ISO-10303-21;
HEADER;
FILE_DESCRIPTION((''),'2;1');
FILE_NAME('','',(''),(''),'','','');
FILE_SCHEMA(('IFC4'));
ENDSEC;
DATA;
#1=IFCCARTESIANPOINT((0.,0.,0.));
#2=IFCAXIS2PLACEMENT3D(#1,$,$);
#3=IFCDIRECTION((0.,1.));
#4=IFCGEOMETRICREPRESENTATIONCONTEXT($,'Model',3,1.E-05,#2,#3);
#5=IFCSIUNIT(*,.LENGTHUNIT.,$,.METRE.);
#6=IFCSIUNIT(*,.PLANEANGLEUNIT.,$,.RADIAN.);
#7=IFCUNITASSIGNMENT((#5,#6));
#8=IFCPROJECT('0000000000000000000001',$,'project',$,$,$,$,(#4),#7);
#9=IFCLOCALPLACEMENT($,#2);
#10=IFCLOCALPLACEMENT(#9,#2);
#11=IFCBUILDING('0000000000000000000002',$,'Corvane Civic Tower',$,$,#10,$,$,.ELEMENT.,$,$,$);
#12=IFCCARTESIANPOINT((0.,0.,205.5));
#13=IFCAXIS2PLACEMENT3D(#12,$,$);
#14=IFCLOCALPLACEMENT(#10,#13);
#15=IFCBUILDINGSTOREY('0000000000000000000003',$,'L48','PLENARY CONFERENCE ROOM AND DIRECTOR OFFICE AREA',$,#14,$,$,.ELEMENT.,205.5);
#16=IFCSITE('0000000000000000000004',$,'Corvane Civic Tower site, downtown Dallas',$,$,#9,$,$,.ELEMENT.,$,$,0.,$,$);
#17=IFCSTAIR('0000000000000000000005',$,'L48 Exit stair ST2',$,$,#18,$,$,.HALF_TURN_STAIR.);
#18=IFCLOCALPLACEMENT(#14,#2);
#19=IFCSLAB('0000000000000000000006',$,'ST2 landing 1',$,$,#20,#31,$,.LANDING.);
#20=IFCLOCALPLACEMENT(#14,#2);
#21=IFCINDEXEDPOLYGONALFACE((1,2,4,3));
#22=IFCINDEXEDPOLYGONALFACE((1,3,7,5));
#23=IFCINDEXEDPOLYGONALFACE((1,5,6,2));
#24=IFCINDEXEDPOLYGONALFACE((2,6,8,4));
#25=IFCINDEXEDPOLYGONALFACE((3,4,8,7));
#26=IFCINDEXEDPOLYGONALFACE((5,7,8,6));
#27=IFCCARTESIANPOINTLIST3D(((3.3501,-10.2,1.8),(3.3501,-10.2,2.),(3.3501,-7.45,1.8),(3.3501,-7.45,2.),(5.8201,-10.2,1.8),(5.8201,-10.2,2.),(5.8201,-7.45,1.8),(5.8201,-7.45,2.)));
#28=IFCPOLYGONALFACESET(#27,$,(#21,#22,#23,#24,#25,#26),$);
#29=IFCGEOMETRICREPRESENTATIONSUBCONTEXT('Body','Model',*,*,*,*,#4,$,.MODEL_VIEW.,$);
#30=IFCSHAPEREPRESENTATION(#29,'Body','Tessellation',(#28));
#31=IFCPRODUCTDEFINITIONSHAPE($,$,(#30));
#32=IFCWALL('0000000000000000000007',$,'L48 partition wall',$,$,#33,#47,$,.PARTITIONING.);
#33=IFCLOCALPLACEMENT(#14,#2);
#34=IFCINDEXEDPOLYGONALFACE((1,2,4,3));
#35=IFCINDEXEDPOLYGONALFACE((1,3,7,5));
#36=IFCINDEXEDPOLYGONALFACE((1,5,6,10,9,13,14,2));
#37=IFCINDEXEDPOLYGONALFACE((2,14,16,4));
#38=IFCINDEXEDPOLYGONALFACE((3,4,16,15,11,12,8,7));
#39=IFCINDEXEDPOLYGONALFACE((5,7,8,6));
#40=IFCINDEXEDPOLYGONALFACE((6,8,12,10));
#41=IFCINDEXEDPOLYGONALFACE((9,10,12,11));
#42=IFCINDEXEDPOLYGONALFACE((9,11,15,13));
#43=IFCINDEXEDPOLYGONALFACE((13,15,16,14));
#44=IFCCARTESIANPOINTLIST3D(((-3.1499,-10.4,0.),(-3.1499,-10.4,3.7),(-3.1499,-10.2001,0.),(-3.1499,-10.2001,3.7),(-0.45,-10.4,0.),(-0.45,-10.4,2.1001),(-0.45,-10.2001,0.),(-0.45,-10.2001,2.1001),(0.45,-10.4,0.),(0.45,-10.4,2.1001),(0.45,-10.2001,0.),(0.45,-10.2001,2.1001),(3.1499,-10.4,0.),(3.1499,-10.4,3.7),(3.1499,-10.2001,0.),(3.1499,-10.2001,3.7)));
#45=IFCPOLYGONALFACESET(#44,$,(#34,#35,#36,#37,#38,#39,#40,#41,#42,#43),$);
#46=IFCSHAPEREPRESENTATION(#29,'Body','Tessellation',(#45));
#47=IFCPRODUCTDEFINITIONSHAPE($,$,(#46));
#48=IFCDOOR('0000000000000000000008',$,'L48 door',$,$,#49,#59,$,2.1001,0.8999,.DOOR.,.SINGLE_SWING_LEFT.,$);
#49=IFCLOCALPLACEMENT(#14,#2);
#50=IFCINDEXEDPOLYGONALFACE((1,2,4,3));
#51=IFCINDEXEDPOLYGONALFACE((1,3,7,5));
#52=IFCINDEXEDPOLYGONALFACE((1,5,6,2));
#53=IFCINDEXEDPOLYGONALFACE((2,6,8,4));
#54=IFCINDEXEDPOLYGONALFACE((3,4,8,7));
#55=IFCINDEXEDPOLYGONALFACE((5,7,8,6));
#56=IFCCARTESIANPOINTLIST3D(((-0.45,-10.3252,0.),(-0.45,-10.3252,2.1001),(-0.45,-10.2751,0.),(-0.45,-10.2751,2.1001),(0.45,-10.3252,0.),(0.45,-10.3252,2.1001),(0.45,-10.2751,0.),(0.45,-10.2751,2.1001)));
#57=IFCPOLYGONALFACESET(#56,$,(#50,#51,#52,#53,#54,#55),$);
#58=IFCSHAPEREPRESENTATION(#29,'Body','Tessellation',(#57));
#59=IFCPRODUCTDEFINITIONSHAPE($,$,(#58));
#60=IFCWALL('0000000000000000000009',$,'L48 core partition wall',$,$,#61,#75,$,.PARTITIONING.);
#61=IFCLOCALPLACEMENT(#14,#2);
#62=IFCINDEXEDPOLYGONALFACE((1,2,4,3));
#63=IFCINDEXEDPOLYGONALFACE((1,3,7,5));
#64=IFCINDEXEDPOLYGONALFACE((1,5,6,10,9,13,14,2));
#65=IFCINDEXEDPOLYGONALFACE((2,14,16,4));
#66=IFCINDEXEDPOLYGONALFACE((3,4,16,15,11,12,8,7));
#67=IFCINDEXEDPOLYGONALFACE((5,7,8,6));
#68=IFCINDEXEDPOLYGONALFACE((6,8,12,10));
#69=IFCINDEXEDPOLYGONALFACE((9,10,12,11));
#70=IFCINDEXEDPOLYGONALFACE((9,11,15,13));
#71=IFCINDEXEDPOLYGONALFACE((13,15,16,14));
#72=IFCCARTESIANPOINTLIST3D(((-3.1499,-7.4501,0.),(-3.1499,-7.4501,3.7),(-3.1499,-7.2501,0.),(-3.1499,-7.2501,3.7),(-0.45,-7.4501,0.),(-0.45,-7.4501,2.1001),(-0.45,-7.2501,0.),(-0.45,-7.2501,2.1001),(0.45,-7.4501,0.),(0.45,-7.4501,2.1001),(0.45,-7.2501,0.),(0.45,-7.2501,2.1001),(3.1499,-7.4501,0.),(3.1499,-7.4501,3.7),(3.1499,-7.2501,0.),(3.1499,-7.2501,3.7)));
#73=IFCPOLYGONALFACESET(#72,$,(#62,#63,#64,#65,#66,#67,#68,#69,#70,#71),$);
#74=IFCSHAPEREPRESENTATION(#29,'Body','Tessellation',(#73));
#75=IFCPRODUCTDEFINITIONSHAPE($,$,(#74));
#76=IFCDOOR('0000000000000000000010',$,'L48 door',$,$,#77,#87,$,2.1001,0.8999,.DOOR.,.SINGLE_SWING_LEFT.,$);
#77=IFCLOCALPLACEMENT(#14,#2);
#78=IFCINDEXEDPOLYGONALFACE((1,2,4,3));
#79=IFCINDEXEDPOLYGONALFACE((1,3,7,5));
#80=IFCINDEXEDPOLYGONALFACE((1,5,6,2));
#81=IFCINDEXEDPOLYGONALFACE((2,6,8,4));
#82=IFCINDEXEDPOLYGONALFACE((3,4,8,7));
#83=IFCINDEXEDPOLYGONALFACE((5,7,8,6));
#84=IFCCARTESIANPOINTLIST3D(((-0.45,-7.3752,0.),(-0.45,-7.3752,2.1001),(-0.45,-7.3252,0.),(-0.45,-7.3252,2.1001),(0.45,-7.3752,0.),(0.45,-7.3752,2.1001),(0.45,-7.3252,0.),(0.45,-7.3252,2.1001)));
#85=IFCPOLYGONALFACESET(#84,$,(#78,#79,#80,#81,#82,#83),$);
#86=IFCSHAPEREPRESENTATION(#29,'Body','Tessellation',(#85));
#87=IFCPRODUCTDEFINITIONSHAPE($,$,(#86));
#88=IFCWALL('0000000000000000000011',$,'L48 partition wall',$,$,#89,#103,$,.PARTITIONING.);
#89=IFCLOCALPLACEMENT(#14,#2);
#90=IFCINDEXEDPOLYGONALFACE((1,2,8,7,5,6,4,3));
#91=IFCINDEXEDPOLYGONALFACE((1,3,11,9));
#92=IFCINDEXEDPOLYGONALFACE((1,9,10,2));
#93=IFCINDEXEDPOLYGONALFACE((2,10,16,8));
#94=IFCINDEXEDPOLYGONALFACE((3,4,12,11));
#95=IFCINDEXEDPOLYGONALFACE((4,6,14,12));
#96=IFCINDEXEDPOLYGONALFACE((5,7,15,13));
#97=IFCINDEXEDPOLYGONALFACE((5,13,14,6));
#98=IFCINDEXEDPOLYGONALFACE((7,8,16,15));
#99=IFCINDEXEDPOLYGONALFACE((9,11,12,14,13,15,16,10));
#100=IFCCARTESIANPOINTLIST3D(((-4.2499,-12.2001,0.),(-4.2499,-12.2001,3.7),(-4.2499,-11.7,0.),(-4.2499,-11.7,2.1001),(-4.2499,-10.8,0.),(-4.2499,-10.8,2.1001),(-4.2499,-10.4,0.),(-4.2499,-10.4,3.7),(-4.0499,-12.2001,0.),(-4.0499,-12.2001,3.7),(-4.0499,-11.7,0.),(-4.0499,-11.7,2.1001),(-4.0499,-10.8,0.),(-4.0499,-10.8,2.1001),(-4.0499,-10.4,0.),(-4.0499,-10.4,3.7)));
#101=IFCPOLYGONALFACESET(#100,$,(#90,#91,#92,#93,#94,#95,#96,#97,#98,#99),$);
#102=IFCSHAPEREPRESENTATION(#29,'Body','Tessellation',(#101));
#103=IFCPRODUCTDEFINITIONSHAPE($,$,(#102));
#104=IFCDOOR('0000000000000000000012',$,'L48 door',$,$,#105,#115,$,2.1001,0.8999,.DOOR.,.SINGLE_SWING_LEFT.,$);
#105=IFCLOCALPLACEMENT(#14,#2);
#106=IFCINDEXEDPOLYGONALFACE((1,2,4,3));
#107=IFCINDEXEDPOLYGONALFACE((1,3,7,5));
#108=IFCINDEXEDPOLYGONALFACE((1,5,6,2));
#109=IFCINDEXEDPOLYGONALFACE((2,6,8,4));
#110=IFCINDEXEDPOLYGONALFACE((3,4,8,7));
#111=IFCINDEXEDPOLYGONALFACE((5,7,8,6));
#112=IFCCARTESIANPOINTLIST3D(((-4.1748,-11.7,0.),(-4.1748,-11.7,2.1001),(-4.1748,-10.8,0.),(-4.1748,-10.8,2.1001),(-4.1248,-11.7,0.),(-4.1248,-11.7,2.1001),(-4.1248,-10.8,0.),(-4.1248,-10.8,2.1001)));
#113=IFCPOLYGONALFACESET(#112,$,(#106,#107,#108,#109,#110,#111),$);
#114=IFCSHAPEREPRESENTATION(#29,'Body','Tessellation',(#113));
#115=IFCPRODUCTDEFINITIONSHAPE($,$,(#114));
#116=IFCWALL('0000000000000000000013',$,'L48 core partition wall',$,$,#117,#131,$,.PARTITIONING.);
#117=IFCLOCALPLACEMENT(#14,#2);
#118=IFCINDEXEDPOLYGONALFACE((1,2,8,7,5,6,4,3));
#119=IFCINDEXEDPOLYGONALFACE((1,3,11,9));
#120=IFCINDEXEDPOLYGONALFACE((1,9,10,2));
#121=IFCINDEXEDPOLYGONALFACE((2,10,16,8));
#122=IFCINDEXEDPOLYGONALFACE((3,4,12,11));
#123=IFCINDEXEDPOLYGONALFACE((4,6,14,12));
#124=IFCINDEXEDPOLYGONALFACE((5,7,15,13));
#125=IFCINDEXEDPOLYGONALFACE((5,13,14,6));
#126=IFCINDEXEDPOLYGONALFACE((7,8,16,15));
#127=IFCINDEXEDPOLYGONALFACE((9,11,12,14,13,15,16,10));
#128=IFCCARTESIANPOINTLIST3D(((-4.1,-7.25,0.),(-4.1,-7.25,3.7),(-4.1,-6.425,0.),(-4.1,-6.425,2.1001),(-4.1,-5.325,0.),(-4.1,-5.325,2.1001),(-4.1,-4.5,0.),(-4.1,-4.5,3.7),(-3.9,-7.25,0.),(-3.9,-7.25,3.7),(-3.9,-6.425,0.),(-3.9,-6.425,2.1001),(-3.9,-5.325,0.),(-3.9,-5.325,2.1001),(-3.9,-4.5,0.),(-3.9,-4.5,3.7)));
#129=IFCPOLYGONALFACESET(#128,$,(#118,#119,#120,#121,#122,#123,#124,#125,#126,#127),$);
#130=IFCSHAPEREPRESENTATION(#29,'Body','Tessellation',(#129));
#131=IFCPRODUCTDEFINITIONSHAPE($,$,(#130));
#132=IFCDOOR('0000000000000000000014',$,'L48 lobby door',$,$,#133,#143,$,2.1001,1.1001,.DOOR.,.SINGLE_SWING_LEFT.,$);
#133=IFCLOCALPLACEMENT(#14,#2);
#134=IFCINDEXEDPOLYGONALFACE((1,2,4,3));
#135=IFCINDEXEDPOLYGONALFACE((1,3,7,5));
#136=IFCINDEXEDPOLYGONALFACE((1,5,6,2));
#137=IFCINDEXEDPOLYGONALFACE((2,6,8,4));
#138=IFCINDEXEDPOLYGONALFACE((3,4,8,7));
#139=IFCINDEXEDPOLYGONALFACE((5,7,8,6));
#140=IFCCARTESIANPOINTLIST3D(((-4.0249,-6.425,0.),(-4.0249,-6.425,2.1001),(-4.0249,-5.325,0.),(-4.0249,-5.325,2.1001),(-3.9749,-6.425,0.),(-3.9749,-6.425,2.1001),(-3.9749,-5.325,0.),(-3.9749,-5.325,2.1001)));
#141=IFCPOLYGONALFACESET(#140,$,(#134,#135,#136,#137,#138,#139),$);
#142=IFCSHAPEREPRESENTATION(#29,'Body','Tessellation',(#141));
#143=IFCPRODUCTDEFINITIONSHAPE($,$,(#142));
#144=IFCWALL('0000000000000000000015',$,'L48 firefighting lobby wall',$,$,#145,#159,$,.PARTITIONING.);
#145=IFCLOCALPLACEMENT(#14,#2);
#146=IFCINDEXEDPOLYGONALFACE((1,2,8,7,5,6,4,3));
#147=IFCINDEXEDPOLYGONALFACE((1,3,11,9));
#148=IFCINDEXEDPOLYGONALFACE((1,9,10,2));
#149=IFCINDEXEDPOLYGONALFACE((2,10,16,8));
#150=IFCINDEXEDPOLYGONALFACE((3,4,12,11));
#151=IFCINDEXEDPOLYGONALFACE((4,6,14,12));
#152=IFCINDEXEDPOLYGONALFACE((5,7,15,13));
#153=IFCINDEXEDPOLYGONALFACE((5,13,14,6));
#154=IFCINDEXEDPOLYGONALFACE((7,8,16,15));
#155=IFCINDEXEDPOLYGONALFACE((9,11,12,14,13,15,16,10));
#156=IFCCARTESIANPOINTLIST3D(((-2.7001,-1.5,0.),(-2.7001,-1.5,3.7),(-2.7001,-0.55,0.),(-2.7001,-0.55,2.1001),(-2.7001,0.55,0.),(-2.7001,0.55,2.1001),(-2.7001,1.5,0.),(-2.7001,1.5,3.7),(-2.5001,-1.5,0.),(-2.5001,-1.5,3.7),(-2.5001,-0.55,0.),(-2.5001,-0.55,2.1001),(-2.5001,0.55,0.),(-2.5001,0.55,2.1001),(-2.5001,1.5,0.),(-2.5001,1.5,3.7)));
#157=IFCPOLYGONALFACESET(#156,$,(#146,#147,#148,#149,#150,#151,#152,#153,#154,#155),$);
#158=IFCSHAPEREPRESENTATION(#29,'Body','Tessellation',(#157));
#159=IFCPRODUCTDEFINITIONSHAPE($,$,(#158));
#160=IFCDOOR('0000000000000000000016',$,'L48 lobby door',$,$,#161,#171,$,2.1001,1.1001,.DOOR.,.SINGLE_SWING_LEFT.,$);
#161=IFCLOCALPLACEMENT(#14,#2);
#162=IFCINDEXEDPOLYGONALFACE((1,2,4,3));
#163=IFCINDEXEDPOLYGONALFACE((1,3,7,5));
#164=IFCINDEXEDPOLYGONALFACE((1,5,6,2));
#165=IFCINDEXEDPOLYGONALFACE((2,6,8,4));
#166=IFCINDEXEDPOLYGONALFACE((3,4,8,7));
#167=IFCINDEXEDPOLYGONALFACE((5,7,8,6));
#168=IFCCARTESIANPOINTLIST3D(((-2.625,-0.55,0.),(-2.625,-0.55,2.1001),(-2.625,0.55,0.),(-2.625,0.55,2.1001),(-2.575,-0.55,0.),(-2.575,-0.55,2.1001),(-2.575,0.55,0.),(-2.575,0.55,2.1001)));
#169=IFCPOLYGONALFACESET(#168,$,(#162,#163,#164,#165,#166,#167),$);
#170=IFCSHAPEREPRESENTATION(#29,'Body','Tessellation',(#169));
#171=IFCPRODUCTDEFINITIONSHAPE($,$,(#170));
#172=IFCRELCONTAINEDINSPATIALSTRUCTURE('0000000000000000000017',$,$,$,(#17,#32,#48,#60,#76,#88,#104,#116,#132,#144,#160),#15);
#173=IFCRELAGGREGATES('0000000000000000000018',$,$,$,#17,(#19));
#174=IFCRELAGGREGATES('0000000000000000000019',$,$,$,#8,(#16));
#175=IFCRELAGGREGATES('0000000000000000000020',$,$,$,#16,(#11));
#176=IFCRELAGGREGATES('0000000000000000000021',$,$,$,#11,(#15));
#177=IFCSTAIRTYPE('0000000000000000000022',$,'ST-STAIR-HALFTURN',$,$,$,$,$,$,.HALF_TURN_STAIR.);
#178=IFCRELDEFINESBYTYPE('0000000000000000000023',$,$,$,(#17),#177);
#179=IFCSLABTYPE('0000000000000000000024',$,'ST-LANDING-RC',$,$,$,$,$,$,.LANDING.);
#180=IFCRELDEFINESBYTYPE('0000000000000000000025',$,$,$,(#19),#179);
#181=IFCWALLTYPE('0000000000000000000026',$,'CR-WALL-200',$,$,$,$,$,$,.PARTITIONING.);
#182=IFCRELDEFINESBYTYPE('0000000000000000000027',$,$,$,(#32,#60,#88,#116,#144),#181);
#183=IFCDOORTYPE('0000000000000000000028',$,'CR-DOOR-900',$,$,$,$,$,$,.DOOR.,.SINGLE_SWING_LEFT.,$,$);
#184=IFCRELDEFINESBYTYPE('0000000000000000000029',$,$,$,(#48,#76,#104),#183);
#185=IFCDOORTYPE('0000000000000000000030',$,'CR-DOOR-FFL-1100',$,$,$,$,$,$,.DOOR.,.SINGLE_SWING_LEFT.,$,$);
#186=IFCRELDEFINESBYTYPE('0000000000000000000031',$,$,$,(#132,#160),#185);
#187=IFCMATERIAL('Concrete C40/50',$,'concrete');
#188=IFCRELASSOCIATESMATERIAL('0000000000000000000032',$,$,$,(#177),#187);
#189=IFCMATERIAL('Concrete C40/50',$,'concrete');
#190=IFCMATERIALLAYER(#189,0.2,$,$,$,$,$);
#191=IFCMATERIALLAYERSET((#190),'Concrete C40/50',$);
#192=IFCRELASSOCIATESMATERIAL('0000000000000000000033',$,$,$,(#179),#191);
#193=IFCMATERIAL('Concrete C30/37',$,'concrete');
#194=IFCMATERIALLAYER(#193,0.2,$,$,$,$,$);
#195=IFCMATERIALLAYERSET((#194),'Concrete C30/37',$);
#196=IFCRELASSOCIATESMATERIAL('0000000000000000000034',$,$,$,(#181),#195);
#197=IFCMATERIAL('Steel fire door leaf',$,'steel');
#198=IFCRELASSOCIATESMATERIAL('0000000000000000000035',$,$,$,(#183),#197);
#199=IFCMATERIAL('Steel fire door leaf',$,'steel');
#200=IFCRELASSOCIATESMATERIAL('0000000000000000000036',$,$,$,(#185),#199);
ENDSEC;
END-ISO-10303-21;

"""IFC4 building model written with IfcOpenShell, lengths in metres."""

from ifc_helpers import new_model, si_unit, direction, frame, frame_2d, origin, place, context, subcontext, project, spatial, polyline, rectangle, outline, extrude, material, layer, layer_set, type_object, element, fill, aggregate, save


model = new_model("IFC4")

# Units and contexts
model_context = context("Model", 3, precision=1e-05, world=origin(), true_north=direction((0.0, 1.0)))
body_context = subcontext(model_context, "Body", "Model", "MODEL_VIEW")
ifc_project = project(units=[si_unit("LENGTHUNIT", "METRE"), si_unit("PLANEANGLEUNIT", "RADIAN")], contexts=[model_context])

# Site, building, storey
site_placement = place(None, origin())
site = spatial("IfcSite", under=ifc_project, at=site_placement, Name="Corvane Civic Tower site, downtown Dallas", CompositionType="ELEMENT", RefElevation=0.0)
building_placement = place(site_placement, origin())
building = spatial("IfcBuilding", under=site, at=building_placement, Name="Corvane Civic Tower", CompositionType="ELEMENT")
storey_placement = place(building_placement, frame((0.0, 0.0, 205.5)))
storey = spatial("IfcBuildingStorey", under=building, at=storey_placement, Name="L48", Description="PLENARY CONFERENCE ROOM AND DIRECTOR OFFICE AREA", CompositionType="ELEMENT", Elevation=205.5)

# Stair, slab
ifc_material_1 = material(Name="Concrete C40/50", Category="concrete")
stair_type = type_object("IfcStairType", Name="ST-STAIR-HALFTURN", PredefinedType="HALF_TURN_STAIR", material=ifc_material_1)
ifc_material_2 = material(Name="Concrete C40/50", Category="concrete")
ifc_layer_1 = layer(ifc_material_2, 0.2)
ifc_layer_set_1 = layer_set([ifc_layer_1], Name="Concrete C40/50")
slab_type_1 = type_object("IfcSlabType", Name="ST-LANDING-RC", PredefinedType="LANDING", material=ifc_layer_set_1)
stair_1_placement = place(storey_placement, origin())
stair_1 = element("IfcStair", 1, at=stair_1_placement, inside=storey, type_object=stair_type, Name="L48 Exit stair ST2", PredefinedType="HALF_TURN_STAIR")
slab_1_placement = place(storey_placement, frame((0.0, 0.0, 1.8)))
slab_1 = element("IfcSlab", 2, at=slab_1_placement, type_object=slab_type_1, Name="ST2 landing 1", PredefinedType="LANDING", context=body_context, shape_type="SweptSolid", body=[
    extrude(outline(polyline([(5.8201, -7.45), (3.3501, -7.45), (3.3501, -10.2), (5.8201, -10.2), (5.8201, -7.45)])), origin(), (0.0, 0.0, 1.0), 0.2),
])
aggregate(stair_1, [slab_1])

# Walls, openings, doors
ifc_material_3 = material(Name="Concrete C30/37", Category="concrete")
ifc_layer_2 = layer(ifc_material_3, 0.2)
ifc_layer_set_2 = layer_set([ifc_layer_2], Name="Concrete C30/37")
wall_type = type_object("IfcWallType", Name="CR-WALL-200", PredefinedType="PARTITIONING", material=ifc_layer_set_2)
wall_1_placement = place(storey_placement, frame((-3.1499, -10.3, 0.0), z_axis=(0.0, 0.0, 1.0), x_axis=(1.0, 0.0, 0.0)))
wall_1 = element("IfcWall", 3, at=wall_1_placement, inside=storey, type_object=wall_type, Name="L48 partition wall", PredefinedType="PARTITIONING", context=body_context, shape_type="SweptSolid", body=[
    extrude(rectangle(XDim=6.2998, YDim=0.2, at=frame_2d((3.1499, 0.0))), origin(), (0.0, 0.0, 1.0), 3.7),
])
opening_1_placement = place(wall_1_placement, frame((2.7, 0.0, 0.0)))
opening_1 = element("IfcOpeningElement", 4, at=opening_1_placement, cuts=wall_1, PredefinedType="OPENING", context=body_context, shape_type="SweptSolid", body=[
    extrude(rectangle(XDim=0.8999, YDim=2.1001, at=frame_2d((0.45, 1.05))), frame((0.0, 0.1099, 0.0), z_axis=(0.0, -1.0, 0.0), x_axis=(1.0, 0.0, 0.0)), (0.0, 0.0, 1.0), 0.22),
])
ifc_material_4 = material(Name="Steel fire door leaf", Category="steel")
door_type_1 = type_object("IfcDoorType", Name="CR-DOOR-900", OperationType="SINGLE_SWING_LEFT", PredefinedType="DOOR", material=ifc_material_4)
door_1_placement = place(opening_1_placement, origin())
door_1 = element("IfcDoor", 5, at=door_1_placement, inside=storey, type_object=door_type_1, Name="L48 door", OperationType="SINGLE_SWING_LEFT", OverallHeight=2.1001, OverallWidth=0.8999, PredefinedType="DOOR", context=body_context, shape_type="SweptSolid", body=[
    extrude(rectangle(XDim=0.8999, YDim=2.1001, at=frame_2d((0.45, 1.05))), frame((0.0, 0.0249, 0.0), z_axis=(0.0, -1.0, 0.0), x_axis=(1.0, 0.0, 0.0)), (0.0, 0.0, 1.0), 0.05),
])
fill(opening_1, door_1)
wall_2_placement = place(storey_placement, frame((-3.1499, -7.3501, 0.0), z_axis=(0.0, 0.0, 1.0), x_axis=(1.0, 0.0, 0.0)))
wall_2 = element("IfcWall", 6, at=wall_2_placement, inside=storey, type_object=wall_type, Name="L48 core partition wall", PredefinedType="PARTITIONING", context=body_context, shape_type="SweptSolid", body=[
    extrude(rectangle(XDim=6.2998, YDim=0.2, at=frame_2d((3.1499, 0.0))), origin(), (0.0, 0.0, 1.0), 3.7),
])
opening_2_placement = place(wall_2_placement, frame((2.7, 0.0, 0.0)))
opening_2 = element("IfcOpeningElement", 7, at=opening_2_placement, cuts=wall_2, PredefinedType="OPENING", context=body_context, shape_type="SweptSolid", body=[
    extrude(rectangle(XDim=0.8999, YDim=2.1001, at=frame_2d((0.45, 1.05))), frame((0.0, 0.1099, 0.0), z_axis=(0.0, -1.0, 0.0), x_axis=(1.0, 0.0, 0.0)), (0.0, 0.0, 1.0), 0.22),
])
door_2_placement = place(opening_2_placement, origin())
door_2 = element("IfcDoor", 8, at=door_2_placement, inside=storey, type_object=door_type_1, Name="L48 door", OperationType="SINGLE_SWING_LEFT", OverallHeight=2.1001, OverallWidth=0.8999, PredefinedType="DOOR", context=body_context, shape_type="SweptSolid", body=[
    extrude(rectangle(XDim=0.8999, YDim=2.1001, at=frame_2d((0.45, 1.05))), frame((0.0, 0.0249, 0.0), z_axis=(0.0, -1.0, 0.0), x_axis=(1.0, 0.0, 0.0)), (0.0, 0.0, 1.0), 0.05),
])
fill(opening_2, door_2)
wall_3_placement = place(storey_placement, frame((-4.1499, -12.2, 0.0), z_axis=(0.0, 0.0, 1.0), x_axis=(0.0, 1.0, 0.0)))
wall_3 = element("IfcWall", 9, at=wall_3_placement, inside=storey, type_object=wall_type, Name="L48 partition wall", PredefinedType="PARTITIONING", context=body_context, shape_type="SweptSolid", body=[
    extrude(rectangle(XDim=1.8, YDim=0.2, at=frame_2d((0.8999, 0.0))), origin(), (0.0, 0.0, 1.0), 3.7),
])
opening_3_placement = place(wall_3_placement, frame((0.5, 0.0, 0.0)))
opening_3 = element("IfcOpeningElement", 10, at=opening_3_placement, cuts=wall_3, PredefinedType="OPENING", context=body_context, shape_type="SweptSolid", body=[
    extrude(rectangle(XDim=0.8999, YDim=2.1001, at=frame_2d((0.45, 1.05))), frame((0.0, 0.1099, 0.0), z_axis=(0.0, -1.0, 0.0), x_axis=(1.0, 0.0, 0.0)), (0.0, 0.0, 1.0), 0.22),
])
door_3_placement = place(opening_3_placement, origin())
door_3 = element("IfcDoor", 11, at=door_3_placement, inside=storey, type_object=door_type_1, Name="L48 door", OperationType="SINGLE_SWING_LEFT", OverallHeight=2.1001, OverallWidth=0.8999, PredefinedType="DOOR", context=body_context, shape_type="SweptSolid", body=[
    extrude(rectangle(XDim=0.8999, YDim=2.1001, at=frame_2d((0.45, 1.05))), frame((0.0, 0.0249, 0.0), z_axis=(0.0, -1.0, 0.0), x_axis=(1.0, 0.0, 0.0)), (0.0, 0.0, 1.0), 0.05),
])
fill(opening_3, door_3)
wall_4_placement = place(storey_placement, frame((-4.0, -7.25, 0.0), z_axis=(0.0, 0.0, 1.0), x_axis=(0.0, 1.0, 0.0)))
wall_4 = element("IfcWall", 12, at=wall_4_placement, inside=storey, type_object=wall_type, Name="L48 core partition wall", PredefinedType="PARTITIONING", context=body_context, shape_type="SweptSolid", body=[
    extrude(rectangle(XDim=2.75, YDim=0.2, at=frame_2d((1.375, 0.0))), origin(), (0.0, 0.0, 1.0), 3.7),
])
opening_4_placement = place(wall_4_placement, frame((0.825, 0.0, 0.0)))
opening_4 = element("IfcOpeningElement", 13, at=opening_4_placement, cuts=wall_4, PredefinedType="OPENING", context=body_context, shape_type="SweptSolid", body=[
    extrude(rectangle(XDim=1.1001, YDim=2.1001, at=frame_2d((0.55, 1.05))), frame((0.0, 0.1099, 0.0), z_axis=(0.0, -1.0, 0.0), x_axis=(1.0, 0.0, 0.0)), (0.0, 0.0, 1.0), 0.22),
])
ifc_material_5 = material(Name="Steel fire door leaf", Category="steel")
door_type_2 = type_object("IfcDoorType", Name="CR-DOOR-FFL-1100", OperationType="SINGLE_SWING_LEFT", PredefinedType="DOOR", material=ifc_material_5)
door_4_placement = place(opening_4_placement, origin())
door_4 = element("IfcDoor", 14, at=door_4_placement, inside=storey, type_object=door_type_2, Name="L48 lobby door", OperationType="SINGLE_SWING_LEFT", OverallHeight=2.1001, OverallWidth=1.1001, PredefinedType="DOOR", context=body_context, shape_type="SweptSolid", body=[
    extrude(rectangle(XDim=1.1001, YDim=2.1001, at=frame_2d((0.55, 1.05))), frame((0.0, 0.0249, 0.0), z_axis=(0.0, -1.0, 0.0), x_axis=(1.0, 0.0, 0.0)), (0.0, 0.0, 1.0), 0.05),
])
fill(opening_4, door_4)
wall_5_placement = place(storey_placement, frame((-2.6001, -1.5, 0.0), z_axis=(0.0, 0.0, 1.0), x_axis=(0.0, 1.0, 0.0)))
wall_5 = element("IfcWall", 15, at=wall_5_placement, inside=storey, type_object=wall_type, Name="L48 firefighting lobby wall", PredefinedType="PARTITIONING", context=body_context, shape_type="SweptSolid", body=[
    extrude(rectangle(XDim=3.0, YDim=0.2, at=frame_2d((1.5, 0.0))), origin(), (0.0, 0.0, 1.0), 3.7),
])
opening_5_placement = place(wall_5_placement, frame((0.95, 0.0, 0.0)))
opening_5 = element("IfcOpeningElement", 16, at=opening_5_placement, cuts=wall_5, PredefinedType="OPENING", context=body_context, shape_type="SweptSolid", body=[
    extrude(rectangle(XDim=1.1001, YDim=2.1001, at=frame_2d((0.55, 1.05))), frame((0.0, 0.1099, 0.0), z_axis=(0.0, -1.0, 0.0), x_axis=(1.0, 0.0, 0.0)), (0.0, 0.0, 1.0), 0.22),
])
door_5_placement = place(opening_5_placement, origin())
door_5 = element("IfcDoor", 17, at=door_5_placement, inside=storey, type_object=door_type_2, Name="L48 lobby door", OperationType="SINGLE_SWING_LEFT", OverallHeight=2.1001, OverallWidth=1.1001, PredefinedType="DOOR", context=body_context, shape_type="SweptSolid", body=[
    extrude(rectangle(XDim=1.1001, YDim=2.1001, at=frame_2d((0.55, 1.05))), frame((0.0, 0.0249, 0.0), z_axis=(0.0, -1.0, 0.0), x_axis=(1.0, 0.0, 0.0)), (0.0, 0.0, 1.0), 0.05),
])
fill(opening_5, door_5)

save(model, "model.ifc")
